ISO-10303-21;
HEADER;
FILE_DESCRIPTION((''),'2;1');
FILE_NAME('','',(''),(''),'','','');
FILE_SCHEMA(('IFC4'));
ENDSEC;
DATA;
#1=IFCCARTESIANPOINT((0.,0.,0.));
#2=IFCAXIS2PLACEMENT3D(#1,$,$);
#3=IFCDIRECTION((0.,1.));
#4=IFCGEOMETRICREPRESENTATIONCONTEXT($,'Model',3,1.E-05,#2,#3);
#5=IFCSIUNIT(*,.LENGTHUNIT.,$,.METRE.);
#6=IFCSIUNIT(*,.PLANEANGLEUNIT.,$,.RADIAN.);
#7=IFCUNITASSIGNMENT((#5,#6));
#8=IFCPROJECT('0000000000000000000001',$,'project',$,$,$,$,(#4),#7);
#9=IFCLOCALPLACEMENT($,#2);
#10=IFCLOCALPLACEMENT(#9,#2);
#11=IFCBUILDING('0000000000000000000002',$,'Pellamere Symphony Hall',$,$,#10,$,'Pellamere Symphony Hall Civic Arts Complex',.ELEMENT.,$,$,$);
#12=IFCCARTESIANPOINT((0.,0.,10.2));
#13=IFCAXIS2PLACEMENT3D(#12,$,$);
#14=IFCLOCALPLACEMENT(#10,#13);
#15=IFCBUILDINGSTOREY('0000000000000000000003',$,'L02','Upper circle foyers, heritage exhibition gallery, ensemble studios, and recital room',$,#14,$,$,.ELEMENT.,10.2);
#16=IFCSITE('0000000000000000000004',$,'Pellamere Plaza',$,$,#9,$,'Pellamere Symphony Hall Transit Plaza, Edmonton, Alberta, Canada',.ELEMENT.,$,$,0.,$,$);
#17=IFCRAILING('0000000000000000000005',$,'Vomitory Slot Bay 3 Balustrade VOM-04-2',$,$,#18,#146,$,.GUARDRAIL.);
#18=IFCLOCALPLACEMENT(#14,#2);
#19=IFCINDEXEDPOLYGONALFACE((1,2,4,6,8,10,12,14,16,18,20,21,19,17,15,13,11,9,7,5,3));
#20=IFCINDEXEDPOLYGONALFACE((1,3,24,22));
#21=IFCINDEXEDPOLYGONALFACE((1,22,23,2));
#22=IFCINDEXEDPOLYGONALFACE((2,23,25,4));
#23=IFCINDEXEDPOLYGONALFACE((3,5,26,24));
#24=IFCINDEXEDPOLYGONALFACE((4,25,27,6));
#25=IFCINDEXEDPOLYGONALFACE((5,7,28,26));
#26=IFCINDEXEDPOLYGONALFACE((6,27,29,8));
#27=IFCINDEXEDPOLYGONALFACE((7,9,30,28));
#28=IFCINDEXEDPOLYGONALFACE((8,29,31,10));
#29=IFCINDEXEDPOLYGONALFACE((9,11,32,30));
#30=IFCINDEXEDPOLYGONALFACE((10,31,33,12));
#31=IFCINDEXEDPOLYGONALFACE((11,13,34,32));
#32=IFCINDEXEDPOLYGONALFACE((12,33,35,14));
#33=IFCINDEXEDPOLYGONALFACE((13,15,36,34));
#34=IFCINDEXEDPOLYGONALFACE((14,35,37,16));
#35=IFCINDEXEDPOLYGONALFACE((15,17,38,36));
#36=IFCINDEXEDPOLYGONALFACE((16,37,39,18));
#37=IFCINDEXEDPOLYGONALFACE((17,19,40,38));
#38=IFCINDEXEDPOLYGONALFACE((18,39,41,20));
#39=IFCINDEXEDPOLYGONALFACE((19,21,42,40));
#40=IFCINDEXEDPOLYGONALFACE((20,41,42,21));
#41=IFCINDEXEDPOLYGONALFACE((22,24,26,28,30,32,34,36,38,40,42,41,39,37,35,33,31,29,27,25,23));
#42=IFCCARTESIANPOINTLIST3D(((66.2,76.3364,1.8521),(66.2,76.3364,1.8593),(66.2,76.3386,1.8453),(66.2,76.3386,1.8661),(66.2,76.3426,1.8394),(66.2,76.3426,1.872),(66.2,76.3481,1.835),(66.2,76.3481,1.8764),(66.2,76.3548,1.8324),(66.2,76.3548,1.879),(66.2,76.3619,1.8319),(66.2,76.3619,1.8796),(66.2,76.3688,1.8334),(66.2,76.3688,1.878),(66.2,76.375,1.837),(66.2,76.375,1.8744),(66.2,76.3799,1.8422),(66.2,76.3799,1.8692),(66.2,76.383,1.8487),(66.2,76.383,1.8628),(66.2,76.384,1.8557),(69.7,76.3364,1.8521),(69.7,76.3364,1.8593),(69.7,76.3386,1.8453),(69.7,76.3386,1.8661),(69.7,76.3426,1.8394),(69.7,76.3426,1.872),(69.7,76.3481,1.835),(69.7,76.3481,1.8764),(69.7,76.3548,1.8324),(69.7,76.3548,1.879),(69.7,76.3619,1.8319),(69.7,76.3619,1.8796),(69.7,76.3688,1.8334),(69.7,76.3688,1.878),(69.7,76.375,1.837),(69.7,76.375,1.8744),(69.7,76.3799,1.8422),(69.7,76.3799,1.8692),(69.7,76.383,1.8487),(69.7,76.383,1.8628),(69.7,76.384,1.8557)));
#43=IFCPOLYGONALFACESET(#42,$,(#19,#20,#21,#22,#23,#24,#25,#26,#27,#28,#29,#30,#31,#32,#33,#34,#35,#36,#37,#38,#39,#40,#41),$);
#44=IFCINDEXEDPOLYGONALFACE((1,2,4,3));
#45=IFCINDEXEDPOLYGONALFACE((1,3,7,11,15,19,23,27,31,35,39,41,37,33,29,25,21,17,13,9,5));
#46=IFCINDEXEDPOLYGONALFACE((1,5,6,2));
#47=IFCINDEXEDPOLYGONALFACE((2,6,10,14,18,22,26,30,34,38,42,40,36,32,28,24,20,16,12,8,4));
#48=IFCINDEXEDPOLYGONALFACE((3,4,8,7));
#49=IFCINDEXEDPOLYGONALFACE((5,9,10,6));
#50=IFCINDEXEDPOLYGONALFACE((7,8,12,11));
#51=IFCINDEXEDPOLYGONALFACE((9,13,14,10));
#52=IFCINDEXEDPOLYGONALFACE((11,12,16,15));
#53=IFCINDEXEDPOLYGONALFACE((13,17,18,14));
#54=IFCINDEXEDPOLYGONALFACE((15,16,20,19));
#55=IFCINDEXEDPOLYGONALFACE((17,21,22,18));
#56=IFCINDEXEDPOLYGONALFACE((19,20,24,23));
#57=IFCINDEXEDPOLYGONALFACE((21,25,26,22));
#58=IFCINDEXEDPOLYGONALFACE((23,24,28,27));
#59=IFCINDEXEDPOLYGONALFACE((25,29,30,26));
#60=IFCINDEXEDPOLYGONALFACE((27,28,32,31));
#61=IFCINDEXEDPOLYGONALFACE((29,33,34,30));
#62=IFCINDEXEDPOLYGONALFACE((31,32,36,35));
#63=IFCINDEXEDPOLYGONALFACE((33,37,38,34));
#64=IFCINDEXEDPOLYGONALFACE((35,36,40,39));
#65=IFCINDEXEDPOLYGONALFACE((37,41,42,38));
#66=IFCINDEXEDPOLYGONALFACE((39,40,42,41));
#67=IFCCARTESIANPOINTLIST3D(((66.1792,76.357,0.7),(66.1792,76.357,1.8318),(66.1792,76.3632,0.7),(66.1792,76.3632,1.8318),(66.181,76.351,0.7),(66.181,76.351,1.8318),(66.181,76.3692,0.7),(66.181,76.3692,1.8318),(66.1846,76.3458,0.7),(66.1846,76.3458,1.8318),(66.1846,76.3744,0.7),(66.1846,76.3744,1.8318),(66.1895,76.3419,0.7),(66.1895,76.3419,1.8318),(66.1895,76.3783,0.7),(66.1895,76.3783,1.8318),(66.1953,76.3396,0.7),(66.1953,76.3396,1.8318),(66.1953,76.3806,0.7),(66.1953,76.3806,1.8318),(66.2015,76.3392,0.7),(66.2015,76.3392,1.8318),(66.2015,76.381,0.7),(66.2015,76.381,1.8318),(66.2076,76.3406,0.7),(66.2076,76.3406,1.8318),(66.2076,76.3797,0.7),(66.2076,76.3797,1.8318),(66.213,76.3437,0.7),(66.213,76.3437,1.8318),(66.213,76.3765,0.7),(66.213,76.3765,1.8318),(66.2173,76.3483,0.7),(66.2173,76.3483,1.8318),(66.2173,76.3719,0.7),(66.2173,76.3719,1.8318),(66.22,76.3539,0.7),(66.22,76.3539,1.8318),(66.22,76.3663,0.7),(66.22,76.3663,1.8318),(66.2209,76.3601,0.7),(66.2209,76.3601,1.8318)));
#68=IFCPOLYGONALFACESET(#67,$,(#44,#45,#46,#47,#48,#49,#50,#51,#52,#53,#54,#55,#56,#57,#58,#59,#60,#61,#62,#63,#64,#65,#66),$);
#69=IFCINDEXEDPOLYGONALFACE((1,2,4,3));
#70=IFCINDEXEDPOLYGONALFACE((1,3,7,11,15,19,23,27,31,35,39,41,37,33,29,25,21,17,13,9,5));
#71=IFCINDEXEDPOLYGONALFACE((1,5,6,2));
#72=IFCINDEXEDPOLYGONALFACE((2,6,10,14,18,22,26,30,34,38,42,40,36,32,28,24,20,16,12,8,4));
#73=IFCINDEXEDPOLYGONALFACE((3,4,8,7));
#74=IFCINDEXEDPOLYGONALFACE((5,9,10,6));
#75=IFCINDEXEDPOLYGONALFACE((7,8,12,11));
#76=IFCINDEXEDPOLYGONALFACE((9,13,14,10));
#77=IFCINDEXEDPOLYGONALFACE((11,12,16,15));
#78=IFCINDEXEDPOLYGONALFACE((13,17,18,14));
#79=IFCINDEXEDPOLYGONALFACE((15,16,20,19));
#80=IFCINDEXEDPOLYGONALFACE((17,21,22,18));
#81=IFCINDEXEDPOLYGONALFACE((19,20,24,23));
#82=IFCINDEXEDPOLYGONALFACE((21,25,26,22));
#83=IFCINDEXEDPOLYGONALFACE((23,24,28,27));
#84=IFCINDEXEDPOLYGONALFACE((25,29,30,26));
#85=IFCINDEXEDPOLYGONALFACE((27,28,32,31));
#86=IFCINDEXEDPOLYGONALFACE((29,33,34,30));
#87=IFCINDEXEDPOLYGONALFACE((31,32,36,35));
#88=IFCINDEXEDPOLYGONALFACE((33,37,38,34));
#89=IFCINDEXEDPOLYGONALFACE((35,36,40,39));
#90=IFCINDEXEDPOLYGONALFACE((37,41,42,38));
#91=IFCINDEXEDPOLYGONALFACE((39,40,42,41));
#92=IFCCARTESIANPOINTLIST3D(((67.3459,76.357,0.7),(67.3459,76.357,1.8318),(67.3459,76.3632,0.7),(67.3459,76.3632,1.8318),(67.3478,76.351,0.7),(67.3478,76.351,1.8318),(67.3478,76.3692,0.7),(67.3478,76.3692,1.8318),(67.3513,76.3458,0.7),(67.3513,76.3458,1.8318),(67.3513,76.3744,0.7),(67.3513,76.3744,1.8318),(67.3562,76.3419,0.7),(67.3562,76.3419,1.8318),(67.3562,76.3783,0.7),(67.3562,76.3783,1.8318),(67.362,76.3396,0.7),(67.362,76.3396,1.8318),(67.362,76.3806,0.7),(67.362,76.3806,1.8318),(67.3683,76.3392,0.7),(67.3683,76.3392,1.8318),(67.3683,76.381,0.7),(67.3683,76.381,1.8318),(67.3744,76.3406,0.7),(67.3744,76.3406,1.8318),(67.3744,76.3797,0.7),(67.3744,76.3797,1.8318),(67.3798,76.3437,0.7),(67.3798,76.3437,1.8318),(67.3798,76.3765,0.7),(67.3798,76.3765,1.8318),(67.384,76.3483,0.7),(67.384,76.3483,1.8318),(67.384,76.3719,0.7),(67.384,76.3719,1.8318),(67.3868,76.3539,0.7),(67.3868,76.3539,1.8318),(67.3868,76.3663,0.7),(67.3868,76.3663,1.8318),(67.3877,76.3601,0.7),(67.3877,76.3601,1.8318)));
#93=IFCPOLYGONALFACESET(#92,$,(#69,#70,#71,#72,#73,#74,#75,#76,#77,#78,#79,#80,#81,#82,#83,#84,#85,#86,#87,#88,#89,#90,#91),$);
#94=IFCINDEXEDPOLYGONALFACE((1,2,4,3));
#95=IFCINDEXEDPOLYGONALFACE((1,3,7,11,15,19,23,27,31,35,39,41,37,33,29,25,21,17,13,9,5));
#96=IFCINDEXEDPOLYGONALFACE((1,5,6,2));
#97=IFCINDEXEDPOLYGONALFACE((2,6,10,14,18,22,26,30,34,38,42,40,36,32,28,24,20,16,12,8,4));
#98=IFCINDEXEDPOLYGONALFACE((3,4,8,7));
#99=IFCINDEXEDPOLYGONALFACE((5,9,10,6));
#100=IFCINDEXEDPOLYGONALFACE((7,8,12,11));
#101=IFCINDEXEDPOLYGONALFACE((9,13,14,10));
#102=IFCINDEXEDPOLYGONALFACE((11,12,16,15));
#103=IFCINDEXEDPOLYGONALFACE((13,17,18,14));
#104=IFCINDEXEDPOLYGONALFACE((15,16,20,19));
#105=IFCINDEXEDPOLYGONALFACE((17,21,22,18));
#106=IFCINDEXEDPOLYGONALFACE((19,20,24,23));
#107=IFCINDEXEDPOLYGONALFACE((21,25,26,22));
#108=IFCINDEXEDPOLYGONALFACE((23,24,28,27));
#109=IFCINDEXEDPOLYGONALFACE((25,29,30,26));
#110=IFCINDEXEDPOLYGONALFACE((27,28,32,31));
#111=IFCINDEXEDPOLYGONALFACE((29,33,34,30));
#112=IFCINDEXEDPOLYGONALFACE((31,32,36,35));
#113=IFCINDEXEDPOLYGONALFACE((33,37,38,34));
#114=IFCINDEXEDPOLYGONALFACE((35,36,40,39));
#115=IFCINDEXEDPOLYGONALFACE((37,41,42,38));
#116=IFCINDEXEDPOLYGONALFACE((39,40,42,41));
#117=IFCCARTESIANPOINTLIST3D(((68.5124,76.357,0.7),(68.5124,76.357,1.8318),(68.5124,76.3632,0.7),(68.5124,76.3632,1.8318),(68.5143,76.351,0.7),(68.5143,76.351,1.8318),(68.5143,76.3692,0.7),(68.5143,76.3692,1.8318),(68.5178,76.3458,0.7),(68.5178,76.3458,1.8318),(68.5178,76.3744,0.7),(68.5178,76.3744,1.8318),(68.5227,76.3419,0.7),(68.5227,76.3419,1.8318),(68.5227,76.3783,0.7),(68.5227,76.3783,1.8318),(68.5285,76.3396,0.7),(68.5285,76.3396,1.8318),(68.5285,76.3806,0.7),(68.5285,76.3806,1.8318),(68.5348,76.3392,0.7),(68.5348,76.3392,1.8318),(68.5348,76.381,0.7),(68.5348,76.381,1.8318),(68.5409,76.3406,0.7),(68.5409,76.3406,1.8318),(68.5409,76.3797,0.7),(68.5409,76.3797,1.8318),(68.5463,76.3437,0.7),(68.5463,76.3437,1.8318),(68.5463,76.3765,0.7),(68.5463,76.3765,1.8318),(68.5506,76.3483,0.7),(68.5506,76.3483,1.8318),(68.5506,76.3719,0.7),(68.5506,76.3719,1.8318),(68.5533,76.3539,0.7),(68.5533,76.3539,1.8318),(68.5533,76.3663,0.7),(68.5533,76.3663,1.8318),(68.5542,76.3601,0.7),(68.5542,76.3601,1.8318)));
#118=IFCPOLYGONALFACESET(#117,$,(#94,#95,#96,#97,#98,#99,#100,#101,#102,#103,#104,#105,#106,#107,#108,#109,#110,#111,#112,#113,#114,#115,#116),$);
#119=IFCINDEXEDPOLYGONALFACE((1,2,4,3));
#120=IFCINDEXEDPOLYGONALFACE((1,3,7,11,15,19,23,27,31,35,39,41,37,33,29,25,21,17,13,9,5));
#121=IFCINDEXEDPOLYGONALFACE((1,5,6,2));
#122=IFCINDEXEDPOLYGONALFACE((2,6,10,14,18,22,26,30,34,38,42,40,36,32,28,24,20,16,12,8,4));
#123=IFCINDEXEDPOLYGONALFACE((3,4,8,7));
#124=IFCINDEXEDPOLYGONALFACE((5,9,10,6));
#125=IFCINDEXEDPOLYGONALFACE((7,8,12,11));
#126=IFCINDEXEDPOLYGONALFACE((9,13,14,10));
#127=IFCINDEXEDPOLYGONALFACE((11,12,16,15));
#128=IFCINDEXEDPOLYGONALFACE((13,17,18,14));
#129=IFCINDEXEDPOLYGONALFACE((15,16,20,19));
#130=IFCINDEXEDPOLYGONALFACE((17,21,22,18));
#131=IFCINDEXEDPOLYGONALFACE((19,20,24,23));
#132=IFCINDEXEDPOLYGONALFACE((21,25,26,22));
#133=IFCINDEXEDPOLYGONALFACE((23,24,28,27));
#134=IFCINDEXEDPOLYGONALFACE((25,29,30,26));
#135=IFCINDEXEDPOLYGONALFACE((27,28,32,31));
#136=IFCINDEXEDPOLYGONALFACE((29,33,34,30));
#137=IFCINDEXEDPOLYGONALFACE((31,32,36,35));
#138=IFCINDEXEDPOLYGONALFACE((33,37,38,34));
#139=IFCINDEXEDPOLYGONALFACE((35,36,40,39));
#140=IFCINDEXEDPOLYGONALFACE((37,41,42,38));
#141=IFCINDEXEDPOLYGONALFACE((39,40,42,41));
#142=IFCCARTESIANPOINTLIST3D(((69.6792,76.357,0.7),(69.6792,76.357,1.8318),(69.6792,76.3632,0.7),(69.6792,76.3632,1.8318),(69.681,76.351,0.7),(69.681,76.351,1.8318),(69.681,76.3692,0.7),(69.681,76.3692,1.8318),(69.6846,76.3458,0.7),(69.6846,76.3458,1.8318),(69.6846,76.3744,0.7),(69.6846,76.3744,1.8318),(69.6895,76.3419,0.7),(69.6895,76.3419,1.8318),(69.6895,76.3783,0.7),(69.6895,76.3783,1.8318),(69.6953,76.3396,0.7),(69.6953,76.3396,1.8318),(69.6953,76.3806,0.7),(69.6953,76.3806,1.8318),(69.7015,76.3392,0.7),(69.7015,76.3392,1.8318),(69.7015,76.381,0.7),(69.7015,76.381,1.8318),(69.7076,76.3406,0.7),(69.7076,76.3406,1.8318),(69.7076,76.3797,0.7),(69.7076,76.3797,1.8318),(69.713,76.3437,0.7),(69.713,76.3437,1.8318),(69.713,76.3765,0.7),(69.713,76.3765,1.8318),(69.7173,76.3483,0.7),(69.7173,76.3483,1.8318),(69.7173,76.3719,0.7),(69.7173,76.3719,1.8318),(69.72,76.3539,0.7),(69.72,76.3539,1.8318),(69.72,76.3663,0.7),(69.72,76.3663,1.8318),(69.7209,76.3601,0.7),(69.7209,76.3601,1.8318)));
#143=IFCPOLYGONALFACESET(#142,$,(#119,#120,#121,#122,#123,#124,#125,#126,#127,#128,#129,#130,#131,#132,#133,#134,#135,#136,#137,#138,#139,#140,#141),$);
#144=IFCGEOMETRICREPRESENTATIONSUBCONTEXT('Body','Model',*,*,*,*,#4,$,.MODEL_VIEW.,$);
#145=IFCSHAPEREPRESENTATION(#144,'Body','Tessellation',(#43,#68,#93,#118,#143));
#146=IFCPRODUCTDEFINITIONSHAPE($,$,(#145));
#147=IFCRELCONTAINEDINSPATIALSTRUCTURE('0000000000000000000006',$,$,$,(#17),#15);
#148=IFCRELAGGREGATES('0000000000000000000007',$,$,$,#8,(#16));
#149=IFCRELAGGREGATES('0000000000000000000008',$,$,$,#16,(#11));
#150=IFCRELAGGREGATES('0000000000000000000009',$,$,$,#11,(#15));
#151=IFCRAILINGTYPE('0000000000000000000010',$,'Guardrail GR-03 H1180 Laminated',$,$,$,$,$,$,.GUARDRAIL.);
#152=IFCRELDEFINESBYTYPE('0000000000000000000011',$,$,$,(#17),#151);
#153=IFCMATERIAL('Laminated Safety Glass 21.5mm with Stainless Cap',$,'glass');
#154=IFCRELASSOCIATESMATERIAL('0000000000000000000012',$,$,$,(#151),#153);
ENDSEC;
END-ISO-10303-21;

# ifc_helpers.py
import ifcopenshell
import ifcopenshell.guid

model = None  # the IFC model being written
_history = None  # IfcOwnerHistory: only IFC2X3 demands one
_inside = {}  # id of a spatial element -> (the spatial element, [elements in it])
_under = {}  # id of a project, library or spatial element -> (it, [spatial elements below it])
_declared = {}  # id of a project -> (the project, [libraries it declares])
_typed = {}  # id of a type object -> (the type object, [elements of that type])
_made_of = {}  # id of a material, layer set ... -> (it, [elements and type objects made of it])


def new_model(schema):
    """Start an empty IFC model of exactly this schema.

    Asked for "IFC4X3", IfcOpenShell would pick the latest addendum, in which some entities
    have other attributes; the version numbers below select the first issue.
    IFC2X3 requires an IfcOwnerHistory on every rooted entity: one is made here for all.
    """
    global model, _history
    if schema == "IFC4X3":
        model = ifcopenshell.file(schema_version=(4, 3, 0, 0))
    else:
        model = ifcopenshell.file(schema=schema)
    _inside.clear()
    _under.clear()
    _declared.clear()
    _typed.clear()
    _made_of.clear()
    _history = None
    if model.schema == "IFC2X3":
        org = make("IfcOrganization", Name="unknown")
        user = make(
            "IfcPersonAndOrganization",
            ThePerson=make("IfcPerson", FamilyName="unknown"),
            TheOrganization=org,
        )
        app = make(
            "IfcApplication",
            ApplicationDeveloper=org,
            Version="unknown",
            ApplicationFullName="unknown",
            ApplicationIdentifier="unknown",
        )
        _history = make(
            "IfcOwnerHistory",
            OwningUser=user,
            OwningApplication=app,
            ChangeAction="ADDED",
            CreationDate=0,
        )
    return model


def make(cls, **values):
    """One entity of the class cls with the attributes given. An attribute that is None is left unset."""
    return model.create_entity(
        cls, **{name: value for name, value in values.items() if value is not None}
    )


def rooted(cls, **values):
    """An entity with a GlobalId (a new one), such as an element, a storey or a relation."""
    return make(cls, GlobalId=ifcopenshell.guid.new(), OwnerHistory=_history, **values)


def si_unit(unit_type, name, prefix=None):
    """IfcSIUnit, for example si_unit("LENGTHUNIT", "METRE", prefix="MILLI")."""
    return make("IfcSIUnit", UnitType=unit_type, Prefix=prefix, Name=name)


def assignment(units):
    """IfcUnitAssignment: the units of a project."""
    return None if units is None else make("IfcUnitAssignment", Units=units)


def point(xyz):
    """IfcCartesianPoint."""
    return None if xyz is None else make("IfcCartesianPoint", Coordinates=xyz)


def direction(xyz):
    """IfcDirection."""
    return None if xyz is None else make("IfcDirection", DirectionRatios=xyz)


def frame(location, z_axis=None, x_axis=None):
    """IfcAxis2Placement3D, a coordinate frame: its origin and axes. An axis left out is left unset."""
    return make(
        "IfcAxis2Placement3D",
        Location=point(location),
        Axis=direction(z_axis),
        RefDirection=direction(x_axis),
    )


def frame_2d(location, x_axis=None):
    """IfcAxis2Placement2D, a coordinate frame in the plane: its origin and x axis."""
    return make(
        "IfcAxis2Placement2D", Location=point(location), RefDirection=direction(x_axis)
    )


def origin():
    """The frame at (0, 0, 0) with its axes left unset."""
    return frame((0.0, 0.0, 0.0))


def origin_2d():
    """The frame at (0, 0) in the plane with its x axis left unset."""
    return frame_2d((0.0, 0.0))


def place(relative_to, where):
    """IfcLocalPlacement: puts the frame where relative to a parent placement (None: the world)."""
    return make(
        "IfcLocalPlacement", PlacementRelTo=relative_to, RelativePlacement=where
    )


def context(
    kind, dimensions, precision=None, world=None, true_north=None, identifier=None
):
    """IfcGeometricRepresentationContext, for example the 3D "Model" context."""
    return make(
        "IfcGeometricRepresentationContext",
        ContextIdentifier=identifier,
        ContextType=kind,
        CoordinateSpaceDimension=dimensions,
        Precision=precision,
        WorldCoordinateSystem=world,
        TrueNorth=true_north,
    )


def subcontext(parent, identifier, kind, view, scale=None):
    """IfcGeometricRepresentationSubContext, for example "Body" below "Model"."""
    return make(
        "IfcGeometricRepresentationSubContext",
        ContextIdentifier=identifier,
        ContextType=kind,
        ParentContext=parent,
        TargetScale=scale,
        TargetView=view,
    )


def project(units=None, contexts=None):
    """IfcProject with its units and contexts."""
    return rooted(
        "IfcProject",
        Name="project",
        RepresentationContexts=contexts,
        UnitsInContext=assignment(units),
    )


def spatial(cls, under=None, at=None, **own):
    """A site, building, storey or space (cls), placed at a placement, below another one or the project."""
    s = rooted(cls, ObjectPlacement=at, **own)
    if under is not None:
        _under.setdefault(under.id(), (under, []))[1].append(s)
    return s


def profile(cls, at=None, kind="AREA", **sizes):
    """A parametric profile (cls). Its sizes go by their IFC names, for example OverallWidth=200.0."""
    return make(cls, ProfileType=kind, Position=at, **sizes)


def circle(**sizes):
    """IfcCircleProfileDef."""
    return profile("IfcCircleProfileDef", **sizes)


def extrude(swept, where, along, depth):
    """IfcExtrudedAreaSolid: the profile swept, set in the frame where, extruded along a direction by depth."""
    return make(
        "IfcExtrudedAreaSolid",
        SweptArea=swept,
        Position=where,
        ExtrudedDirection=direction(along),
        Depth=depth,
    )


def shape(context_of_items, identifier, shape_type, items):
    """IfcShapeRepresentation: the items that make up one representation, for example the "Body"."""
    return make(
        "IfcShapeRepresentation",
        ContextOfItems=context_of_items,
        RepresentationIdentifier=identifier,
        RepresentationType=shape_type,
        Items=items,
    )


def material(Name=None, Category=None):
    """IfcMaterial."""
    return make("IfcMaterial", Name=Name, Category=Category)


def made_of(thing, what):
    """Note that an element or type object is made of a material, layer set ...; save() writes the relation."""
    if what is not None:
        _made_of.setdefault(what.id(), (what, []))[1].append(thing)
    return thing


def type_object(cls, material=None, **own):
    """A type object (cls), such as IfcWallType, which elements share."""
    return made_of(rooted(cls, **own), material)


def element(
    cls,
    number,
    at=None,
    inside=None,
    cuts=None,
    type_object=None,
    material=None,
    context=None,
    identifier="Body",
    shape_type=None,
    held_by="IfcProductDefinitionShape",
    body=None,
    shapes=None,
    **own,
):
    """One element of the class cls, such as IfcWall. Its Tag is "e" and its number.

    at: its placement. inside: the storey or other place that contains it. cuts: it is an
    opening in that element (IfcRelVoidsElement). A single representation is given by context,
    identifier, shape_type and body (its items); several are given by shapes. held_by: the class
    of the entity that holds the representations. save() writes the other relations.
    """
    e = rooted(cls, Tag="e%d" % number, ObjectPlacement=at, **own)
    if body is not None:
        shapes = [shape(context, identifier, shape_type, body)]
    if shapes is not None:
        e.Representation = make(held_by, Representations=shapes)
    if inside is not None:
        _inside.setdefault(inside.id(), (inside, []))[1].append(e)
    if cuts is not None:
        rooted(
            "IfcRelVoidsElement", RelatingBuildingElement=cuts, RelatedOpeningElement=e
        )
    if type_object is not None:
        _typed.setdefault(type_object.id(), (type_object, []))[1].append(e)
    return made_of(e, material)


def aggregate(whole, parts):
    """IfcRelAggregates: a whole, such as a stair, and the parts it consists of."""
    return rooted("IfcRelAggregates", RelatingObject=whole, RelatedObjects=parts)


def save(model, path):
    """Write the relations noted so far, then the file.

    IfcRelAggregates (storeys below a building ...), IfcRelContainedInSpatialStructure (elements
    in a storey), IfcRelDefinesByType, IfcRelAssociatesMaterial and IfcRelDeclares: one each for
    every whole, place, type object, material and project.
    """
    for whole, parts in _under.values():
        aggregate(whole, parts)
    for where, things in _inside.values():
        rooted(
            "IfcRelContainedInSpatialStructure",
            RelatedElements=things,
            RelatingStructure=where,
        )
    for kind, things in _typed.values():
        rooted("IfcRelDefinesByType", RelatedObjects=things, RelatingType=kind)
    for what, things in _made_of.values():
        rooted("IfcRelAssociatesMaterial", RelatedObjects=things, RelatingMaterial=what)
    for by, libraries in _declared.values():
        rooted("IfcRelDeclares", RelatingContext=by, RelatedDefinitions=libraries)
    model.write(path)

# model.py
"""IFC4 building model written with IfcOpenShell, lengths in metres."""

from ifc_helpers import new_model, si_unit, direction, frame, origin, origin_2d, place, context, subcontext, project, spatial, circle, extrude, material, type_object, element, save


model = new_model("IFC4")

# Units and contexts
model_context = context("Model", 3, precision=1e-05, world=origin(), true_north=direction((0.0, 1.0)))
body_context = subcontext(model_context, "Body", "Model", "MODEL_VIEW")
ifc_project = project(units=[si_unit("LENGTHUNIT", "METRE"), si_unit("PLANEANGLEUNIT", "RADIAN")], contexts=[model_context])

# Site, building, storey
site_placement = place(None, origin())
site = spatial("IfcSite", under=ifc_project, at=site_placement, Name="Pellamere Plaza", LongName="Pellamere Symphony Hall Transit Plaza, Edmonton, Alberta, Canada", CompositionType="ELEMENT", RefElevation=0.0)
building_placement = place(site_placement, origin())
building = spatial("IfcBuilding", under=site, at=building_placement, Name="Pellamere Symphony Hall", LongName="Pellamere Symphony Hall Civic Arts Complex", CompositionType="ELEMENT")
storey_placement = place(building_placement, frame((0.0, 0.0, 10.2)))
storey = spatial("IfcBuildingStorey", under=building, at=storey_placement, Name="L02", Description="Upper circle foyers, heritage exhibition gallery, ensemble studios, and recital room", CompositionType="ELEMENT", Elevation=10.2)

# Railing
ifc_material_1 = material(Name="Laminated Safety Glass 21.5mm with Stainless Cap", Category="glass")
railing_type_1 = type_object("IfcRailingType", Name="Guardrail GR-03 H1180 Laminated", PredefinedType="GUARDRAIL", material=ifc_material_1)
for number, where, name in (
    (1, (66.2, 76.3601, 0.7), "Vomitory Slot Bay 3 Balustrade VOM-04-2"),
):
    element("IfcRailing", number, at=place(storey_placement, frame(where)), inside=storey, type_object=railing_type_1, Name=name, PredefinedType="GUARDRAIL", context=body_context, shape_type="SweptSolid", body=[
        extrude(circle(Radius=0.0239, at=origin_2d()), frame((0.0, 0.0, 1.1558), z_axis=(1.0, 0.0, 0.0), x_axis=(0.0, 1.0, 0.0)), (0.0, 0.0, 1.0), 3.5),
        extrude(circle(Radius=0.021, at=origin_2d()), origin(), (0.0, 0.0, 1.0), 1.1318),
        extrude(circle(Radius=0.021, at=origin_2d()), frame((1.1667, 0.0, 0.0)), (0.0, 0.0, 1.0), 1.1318),
        extrude(circle(Radius=0.021, at=origin_2d()), frame((2.3333, 0.0, 0.0)), (0.0, 0.0, 1.0), 1.1318),
        extrude(circle(Radius=0.021, at=origin_2d()), frame((3.5, 0.0, 0.0)), (0.0, 0.0, 1.0), 1.1318),
    ])

save(model, "model.ifc")
